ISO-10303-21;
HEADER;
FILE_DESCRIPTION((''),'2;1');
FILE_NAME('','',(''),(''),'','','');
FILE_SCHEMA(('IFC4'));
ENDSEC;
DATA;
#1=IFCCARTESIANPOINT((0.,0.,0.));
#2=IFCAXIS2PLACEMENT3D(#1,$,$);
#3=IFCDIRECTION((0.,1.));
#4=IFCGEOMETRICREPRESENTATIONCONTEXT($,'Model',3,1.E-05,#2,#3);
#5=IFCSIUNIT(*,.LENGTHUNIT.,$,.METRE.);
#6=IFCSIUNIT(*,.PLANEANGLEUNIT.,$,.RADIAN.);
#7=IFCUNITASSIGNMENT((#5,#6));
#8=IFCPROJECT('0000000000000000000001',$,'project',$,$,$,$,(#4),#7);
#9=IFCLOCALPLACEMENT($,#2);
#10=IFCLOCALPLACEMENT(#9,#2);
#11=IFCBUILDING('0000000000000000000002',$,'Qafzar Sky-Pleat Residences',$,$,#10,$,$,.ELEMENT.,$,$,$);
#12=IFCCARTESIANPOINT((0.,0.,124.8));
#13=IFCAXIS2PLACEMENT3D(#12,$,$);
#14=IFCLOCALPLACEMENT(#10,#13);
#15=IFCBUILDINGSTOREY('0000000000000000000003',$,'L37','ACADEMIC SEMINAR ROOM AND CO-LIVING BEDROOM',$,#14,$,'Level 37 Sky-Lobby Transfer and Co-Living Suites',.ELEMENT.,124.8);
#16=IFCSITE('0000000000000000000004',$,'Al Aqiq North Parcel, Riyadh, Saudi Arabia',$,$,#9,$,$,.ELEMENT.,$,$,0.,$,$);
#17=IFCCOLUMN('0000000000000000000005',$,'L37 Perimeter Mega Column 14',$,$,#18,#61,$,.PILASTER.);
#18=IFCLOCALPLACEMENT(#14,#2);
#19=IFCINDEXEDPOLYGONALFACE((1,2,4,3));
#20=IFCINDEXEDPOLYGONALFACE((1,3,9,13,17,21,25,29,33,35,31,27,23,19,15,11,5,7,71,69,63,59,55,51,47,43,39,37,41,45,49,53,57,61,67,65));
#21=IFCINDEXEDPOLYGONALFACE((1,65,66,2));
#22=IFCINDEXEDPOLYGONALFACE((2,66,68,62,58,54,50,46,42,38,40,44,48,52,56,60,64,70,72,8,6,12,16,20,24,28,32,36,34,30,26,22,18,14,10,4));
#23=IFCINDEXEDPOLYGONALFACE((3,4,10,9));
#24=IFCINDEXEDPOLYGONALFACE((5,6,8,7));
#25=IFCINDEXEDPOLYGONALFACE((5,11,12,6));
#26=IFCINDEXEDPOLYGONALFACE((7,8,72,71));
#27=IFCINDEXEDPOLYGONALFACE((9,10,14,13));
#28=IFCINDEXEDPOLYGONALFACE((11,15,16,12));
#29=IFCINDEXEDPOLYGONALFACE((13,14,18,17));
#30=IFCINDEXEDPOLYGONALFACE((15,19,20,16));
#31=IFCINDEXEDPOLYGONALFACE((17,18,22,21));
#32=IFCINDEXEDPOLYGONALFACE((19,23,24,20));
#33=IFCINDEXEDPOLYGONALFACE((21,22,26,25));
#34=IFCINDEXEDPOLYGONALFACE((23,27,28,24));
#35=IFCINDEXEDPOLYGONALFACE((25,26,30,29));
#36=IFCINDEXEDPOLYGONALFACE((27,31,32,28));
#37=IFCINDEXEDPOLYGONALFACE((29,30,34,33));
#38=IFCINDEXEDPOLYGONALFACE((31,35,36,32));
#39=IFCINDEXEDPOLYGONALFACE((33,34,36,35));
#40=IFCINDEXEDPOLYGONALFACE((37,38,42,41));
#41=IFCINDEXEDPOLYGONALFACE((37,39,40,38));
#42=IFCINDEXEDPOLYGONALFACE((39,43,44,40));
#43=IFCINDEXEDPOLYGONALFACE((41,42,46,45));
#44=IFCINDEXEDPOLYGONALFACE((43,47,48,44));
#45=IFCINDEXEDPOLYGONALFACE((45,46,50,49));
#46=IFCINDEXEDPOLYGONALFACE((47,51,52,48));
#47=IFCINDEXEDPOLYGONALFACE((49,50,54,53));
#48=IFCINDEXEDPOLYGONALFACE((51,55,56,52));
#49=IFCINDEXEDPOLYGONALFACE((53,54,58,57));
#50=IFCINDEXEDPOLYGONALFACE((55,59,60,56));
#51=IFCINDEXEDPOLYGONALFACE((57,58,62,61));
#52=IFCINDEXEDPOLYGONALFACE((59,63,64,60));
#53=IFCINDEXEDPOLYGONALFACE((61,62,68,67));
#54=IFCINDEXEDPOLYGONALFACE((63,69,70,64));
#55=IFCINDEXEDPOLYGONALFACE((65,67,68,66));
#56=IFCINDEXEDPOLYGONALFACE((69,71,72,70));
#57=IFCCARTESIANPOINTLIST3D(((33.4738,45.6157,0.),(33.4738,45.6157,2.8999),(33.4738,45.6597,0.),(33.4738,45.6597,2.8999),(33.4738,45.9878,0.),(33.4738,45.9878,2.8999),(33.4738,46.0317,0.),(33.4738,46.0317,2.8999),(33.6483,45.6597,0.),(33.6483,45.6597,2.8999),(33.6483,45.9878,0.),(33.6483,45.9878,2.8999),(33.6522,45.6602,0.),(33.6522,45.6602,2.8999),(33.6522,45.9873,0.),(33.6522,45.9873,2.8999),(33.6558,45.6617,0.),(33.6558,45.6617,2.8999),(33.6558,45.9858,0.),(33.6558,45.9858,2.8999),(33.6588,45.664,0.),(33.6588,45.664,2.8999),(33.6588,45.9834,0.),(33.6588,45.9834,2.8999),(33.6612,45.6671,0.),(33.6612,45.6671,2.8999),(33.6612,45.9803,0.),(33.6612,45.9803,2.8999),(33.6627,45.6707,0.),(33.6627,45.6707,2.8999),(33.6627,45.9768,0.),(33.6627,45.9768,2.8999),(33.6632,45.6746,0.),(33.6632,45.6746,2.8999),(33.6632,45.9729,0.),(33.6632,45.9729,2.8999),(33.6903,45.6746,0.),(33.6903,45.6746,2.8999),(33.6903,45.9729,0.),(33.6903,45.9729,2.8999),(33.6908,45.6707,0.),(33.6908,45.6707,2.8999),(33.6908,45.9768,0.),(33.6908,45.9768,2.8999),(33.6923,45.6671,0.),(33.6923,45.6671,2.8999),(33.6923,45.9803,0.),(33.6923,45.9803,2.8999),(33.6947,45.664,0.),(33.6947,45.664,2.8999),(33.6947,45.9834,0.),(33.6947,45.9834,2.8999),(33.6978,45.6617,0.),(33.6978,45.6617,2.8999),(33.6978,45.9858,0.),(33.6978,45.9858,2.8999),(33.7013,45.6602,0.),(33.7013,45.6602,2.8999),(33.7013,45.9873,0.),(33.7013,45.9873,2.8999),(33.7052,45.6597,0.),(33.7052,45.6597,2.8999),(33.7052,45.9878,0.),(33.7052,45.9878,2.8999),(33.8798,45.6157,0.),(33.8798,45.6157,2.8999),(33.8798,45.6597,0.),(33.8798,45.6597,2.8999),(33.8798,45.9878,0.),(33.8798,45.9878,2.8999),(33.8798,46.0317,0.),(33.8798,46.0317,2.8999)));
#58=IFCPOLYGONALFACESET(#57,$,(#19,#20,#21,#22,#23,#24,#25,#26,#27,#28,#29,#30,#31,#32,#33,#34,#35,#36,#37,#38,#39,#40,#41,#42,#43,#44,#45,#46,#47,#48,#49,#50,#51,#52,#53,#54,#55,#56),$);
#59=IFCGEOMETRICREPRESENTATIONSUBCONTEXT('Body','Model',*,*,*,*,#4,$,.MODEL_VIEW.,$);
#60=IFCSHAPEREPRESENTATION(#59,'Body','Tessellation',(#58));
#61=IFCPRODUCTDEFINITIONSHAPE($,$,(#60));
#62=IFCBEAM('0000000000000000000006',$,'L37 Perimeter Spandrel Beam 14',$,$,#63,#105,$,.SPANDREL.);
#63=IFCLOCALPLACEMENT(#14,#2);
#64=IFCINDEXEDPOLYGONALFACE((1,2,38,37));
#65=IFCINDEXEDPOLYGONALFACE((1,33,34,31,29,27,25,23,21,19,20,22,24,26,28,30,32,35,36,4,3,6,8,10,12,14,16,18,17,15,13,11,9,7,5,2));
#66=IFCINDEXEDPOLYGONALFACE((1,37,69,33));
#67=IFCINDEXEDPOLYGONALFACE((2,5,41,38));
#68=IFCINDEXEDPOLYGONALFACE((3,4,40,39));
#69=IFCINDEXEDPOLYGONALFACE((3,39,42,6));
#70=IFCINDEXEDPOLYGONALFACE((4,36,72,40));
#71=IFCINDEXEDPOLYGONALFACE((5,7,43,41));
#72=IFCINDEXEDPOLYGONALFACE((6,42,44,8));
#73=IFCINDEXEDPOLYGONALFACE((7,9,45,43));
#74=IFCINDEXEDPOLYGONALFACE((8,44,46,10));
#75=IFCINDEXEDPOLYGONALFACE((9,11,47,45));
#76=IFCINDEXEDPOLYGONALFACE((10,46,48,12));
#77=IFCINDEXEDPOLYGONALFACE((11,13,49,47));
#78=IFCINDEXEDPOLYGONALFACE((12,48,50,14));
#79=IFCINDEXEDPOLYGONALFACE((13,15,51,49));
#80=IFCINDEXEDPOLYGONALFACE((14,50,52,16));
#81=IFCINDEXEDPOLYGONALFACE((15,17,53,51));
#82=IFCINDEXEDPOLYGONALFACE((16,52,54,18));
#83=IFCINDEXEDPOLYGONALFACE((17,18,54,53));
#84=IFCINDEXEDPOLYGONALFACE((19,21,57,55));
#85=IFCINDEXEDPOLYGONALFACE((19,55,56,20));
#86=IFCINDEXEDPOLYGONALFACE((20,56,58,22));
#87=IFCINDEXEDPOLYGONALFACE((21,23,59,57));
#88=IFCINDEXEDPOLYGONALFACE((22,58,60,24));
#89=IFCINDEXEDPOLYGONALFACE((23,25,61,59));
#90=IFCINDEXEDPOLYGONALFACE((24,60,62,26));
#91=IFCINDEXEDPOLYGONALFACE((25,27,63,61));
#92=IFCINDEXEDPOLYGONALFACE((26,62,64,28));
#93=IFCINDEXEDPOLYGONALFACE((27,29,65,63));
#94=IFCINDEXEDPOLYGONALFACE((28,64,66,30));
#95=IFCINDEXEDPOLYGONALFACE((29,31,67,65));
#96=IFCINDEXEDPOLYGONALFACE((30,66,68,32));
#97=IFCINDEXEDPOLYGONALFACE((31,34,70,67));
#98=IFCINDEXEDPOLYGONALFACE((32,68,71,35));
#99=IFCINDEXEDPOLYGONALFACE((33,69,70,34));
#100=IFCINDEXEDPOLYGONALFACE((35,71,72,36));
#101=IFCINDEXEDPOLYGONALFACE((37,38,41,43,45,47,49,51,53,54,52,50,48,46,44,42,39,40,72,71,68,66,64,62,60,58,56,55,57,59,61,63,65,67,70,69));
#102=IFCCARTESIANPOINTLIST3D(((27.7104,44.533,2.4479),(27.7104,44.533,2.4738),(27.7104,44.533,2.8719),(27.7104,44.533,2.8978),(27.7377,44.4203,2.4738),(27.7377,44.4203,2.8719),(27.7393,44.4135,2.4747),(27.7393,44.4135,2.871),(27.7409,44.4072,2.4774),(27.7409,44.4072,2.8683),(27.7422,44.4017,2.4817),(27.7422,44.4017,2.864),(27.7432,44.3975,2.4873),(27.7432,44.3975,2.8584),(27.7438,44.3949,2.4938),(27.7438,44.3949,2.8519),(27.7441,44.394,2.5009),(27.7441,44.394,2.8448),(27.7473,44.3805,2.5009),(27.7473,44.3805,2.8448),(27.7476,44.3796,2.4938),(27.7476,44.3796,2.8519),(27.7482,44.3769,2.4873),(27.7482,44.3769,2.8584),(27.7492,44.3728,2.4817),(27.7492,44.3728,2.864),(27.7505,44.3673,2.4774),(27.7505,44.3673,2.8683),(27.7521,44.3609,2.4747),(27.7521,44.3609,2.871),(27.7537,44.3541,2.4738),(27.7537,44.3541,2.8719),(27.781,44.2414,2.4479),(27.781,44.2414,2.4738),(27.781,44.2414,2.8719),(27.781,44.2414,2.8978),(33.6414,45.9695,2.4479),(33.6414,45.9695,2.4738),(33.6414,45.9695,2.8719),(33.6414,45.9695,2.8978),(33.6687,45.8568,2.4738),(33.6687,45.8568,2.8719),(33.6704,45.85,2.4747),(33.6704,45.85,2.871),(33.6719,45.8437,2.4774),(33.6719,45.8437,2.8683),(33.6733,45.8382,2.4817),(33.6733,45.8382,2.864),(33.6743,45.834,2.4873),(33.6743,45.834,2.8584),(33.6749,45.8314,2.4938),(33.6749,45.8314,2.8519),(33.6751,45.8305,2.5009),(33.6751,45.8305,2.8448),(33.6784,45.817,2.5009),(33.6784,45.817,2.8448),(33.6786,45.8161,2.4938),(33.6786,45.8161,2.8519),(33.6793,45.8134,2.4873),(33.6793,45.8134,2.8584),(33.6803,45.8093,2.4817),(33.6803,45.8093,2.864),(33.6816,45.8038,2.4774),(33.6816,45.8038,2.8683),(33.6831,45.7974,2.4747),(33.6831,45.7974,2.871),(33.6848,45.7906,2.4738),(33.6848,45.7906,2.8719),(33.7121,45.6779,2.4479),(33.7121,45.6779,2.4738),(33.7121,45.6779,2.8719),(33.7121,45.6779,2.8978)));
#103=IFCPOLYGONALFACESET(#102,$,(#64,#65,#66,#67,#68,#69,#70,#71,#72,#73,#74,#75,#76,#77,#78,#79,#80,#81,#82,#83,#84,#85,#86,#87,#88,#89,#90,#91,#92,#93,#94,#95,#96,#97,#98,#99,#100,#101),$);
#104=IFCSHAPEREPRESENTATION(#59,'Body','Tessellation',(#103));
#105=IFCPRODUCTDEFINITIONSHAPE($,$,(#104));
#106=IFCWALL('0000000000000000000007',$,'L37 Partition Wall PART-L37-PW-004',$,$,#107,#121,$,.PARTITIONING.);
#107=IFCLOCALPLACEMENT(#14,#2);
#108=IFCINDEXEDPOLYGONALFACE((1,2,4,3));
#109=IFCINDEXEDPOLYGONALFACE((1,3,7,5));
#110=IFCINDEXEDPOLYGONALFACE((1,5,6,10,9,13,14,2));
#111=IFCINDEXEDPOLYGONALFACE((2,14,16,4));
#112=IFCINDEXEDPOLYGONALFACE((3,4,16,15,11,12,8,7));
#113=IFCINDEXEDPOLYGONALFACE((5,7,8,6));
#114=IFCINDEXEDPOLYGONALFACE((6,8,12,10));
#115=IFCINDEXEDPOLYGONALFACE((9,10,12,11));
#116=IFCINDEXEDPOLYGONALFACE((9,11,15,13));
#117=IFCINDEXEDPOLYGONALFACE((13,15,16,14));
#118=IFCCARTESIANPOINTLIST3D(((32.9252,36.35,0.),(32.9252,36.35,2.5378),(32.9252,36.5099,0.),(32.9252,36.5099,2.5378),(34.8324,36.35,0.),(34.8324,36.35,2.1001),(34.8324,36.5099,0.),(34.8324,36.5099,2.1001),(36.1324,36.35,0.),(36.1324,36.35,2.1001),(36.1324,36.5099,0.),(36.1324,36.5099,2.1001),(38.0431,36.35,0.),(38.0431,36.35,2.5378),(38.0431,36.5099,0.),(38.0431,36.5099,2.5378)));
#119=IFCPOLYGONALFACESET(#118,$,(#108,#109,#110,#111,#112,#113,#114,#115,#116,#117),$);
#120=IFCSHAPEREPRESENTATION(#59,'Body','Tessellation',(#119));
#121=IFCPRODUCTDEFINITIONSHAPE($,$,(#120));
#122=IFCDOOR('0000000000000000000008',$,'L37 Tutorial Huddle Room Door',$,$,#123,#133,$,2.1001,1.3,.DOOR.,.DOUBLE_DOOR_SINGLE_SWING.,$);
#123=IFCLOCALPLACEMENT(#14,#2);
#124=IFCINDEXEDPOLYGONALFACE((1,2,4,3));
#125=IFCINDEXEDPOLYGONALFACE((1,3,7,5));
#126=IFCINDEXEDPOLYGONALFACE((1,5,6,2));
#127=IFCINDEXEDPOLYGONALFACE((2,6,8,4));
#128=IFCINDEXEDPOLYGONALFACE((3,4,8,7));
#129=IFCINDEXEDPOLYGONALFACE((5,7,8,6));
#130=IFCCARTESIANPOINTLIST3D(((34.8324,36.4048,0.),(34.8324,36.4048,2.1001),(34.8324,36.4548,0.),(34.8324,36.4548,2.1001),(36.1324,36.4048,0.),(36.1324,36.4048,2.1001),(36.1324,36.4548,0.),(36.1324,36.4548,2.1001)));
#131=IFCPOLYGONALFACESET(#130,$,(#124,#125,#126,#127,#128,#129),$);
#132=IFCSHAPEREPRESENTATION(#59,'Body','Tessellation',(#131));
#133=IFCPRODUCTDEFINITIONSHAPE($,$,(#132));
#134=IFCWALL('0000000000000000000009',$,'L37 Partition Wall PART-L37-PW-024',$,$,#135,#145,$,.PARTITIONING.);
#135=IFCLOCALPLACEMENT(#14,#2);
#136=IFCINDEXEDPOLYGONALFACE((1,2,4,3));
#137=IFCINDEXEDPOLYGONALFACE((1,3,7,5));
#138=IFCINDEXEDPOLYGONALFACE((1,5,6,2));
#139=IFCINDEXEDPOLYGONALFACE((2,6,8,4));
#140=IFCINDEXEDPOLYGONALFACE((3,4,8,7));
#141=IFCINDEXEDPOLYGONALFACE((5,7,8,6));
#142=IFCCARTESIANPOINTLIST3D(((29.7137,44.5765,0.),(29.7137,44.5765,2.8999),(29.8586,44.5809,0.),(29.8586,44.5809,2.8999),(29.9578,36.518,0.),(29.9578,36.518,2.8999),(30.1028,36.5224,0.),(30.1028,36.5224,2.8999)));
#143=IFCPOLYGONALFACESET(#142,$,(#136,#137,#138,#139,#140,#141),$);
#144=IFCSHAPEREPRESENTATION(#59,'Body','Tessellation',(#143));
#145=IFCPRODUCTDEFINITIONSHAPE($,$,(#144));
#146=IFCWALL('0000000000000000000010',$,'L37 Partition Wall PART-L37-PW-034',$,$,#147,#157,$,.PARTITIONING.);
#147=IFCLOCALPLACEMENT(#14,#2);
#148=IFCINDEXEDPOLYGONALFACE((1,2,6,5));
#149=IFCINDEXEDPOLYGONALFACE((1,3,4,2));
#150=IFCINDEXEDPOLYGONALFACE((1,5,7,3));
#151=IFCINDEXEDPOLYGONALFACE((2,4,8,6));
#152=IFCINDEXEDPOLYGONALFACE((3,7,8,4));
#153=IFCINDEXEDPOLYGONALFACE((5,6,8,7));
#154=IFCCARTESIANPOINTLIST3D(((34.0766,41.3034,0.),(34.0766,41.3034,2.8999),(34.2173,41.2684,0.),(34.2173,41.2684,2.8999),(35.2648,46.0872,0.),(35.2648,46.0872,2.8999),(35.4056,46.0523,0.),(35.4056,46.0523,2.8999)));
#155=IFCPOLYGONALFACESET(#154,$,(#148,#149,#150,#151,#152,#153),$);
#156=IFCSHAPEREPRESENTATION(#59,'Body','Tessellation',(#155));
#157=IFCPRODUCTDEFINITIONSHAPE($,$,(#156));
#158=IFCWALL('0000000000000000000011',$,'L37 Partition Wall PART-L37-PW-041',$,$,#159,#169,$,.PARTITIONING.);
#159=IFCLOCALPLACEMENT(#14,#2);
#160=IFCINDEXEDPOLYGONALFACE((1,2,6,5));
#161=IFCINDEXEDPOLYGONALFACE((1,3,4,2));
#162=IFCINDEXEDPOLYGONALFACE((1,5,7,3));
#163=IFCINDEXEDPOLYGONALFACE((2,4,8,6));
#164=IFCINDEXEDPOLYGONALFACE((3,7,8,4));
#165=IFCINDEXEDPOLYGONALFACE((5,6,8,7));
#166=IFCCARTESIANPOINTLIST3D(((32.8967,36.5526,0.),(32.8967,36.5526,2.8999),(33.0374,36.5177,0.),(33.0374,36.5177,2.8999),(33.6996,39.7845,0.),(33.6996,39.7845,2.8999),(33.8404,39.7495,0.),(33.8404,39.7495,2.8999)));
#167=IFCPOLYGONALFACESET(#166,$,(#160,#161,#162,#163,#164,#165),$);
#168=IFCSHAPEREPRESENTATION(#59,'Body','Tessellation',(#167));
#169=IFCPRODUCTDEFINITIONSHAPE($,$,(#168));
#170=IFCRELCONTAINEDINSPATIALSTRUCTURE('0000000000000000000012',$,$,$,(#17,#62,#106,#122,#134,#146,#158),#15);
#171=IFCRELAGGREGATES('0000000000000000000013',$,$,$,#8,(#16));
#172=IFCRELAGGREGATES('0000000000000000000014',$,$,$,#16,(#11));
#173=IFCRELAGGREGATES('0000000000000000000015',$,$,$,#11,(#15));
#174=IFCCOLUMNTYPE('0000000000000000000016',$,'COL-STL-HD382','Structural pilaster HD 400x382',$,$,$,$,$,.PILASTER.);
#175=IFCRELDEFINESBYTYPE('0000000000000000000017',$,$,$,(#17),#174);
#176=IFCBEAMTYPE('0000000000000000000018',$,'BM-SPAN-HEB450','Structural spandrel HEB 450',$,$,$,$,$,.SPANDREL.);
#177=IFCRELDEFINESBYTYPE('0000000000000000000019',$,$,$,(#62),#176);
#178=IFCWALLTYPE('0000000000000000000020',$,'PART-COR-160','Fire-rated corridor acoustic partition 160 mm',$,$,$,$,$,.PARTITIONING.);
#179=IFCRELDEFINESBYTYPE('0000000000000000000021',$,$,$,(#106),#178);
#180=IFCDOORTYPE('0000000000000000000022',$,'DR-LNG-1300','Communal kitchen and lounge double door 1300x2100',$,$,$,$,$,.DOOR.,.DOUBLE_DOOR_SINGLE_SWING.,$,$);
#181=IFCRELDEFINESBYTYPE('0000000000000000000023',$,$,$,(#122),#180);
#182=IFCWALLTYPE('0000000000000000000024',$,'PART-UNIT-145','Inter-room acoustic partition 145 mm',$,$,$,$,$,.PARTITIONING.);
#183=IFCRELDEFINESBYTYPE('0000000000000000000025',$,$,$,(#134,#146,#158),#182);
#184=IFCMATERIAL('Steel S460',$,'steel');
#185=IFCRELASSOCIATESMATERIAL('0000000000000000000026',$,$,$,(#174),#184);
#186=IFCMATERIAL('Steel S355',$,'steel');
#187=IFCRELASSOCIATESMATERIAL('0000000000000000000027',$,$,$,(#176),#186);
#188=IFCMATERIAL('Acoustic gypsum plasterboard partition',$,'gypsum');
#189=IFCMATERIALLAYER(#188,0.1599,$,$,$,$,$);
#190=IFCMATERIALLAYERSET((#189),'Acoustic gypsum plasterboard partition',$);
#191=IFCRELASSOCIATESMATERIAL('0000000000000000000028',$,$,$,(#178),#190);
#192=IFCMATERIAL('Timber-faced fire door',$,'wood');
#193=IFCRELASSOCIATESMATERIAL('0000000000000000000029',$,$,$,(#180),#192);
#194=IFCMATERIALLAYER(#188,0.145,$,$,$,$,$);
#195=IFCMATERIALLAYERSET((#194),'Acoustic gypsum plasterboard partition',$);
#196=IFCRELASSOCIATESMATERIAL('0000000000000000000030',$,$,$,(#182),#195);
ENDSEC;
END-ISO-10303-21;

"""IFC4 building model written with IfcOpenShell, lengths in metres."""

from ifc_helpers import new_model, si_unit, direction, frame, frame_2d, origin, origin_2d, place, context, subcontext, project, spatial, rectangle, i_section, extrude, source, transform, mapped, material, layer, layer_set, material_profile, profile_set, type_object, element, fill, save


model = new_model("IFC4")

# Units and contexts
model_context = context("Model", 3, precision=1e-05, world=origin(), true_north=direction((0.0, 1.0)))
body_context = subcontext(model_context, "Body", "Model", "MODEL_VIEW")
ifc_project = project(units=[si_unit("LENGTHUNIT", "METRE"), si_unit("PLANEANGLEUNIT", "RADIAN")], contexts=[model_context])

# Site, building, storey
site_placement = place(None, origin())
site = spatial("IfcSite", under=ifc_project, at=site_placement, Name="Al Aqiq North Parcel, Riyadh, Saudi Arabia", CompositionType="ELEMENT", RefElevation=0.0)
building_placement = place(site_placement, origin())
building = spatial("IfcBuilding", under=site, at=building_placement, Name="Qafzar Sky-Pleat Residences", CompositionType="ELEMENT")
storey_placement = place(building_placement, frame((0.0, 0.0, 124.8)))
storey = spatial("IfcBuildingStorey", under=building, at=storey_placement, Name="L37", Description="ACADEMIC SEMINAR ROOM AND CO-LIVING BEDROOM", LongName="Level 37 Sky-Lobby Transfer and Co-Living Suites", CompositionType="ELEMENT", Elevation=124.8)

# Column
ifc_material_1 = material(Name="Steel S460", Category="steel")
ifc_material_profile_1 = material_profile(ifc_material_1, i_section(OverallWidth=0.406, OverallDepth=0.416, WebThickness=0.0271, FlangeThickness=0.0439, FilletRadius=0.0149, at=origin_2d()), Name="HD 400x382")
ifc_profile_set_1 = profile_set([ifc_material_profile_1], Name="Steel S460")
column_type = type_object("IfcColumnType", Name="COL-STL-HD382", Description="Structural pilaster HD 400x382", PredefinedType="PILASTER", material=ifc_profile_set_1)
shared_shape_1 = source(origin(), body_context, "Body", "SweptSolid", [
    extrude(i_section(OverallWidth=0.406, OverallDepth=0.416, WebThickness=0.0271, FlangeThickness=0.0439, FilletRadius=0.0149, at=origin_2d()), origin(), (0.0, 0.0, 1.0), 2.8999),
])
column_placement = place(storey_placement, frame((33.6768, 45.8237, 0.0), z_axis=(0.0, 0.0, 1.0), x_axis=(1.0, 0.0, 0.0)))
element("IfcColumn", 1, at=column_placement, inside=storey, type_object=column_type, Name="L37 Perimeter Mega Column 14", PredefinedType="PILASTER", context=body_context, shape_type="MappedRepresentation", body=[
    mapped(shared_shape_1, transform((0.0, 0.0, 0.0), x_axis=(1.0, 0.0, 0.0), y_axis=(0.0, 1.0, 0.0), z_axis=(0.0, 0.0, 1.0), scale=1.0)),
])

# Beam
ifc_material_2 = material(Name="Steel S355", Category="steel")
ifc_material_profile_2 = material_profile(ifc_material_2, i_section(OverallWidth=0.3, OverallDepth=0.45, WebThickness=0.0139, FlangeThickness=0.0259, FilletRadius=0.0271, at=origin_2d()), Name="HEB 450")
ifc_profile_set_2 = profile_set([ifc_material_profile_2], Name="Steel S355")
beam_type = type_object("IfcBeamType", Name="BM-SPAN-HEB450", Description="Structural spandrel HEB 450", PredefinedType="SPANDREL", material=ifc_profile_set_2)
shared_shape_2 = source(origin(), body_context, "Body", "SweptSolid", [
    extrude(i_section(OverallWidth=0.3, OverallDepth=0.45, WebThickness=0.0139, FlangeThickness=0.0259, FilletRadius=0.0271, at=origin_2d()), origin(), (0.0, 0.0, 1.0), 6.1025),
])
beam_placement = place(storey_placement, frame((33.6768, 45.8237, 2.6729), z_axis=(-0.9719, -0.235394, 0.0), x_axis=(0.235394, -0.9719, 0.0)))
element("IfcBeam", 2, at=beam_placement, inside=storey, type_object=beam_type, Name="L37 Perimeter Spandrel Beam 14", PredefinedType="SPANDREL", context=body_context, shape_type="MappedRepresentation", body=[
    mapped(shared_shape_2, transform((0.0, 0.0, 0.0), x_axis=(1.0, 0.0, 0.0), y_axis=(0.0, 1.0, 0.0), z_axis=(0.0, 0.0, 1.0), scale=1.0)),
])

# Wall, opening, door
ifc_material_3 = material(Name="Acoustic gypsum plasterboard partition", Category="gypsum")
ifc_layer_1 = layer(ifc_material_3, 0.1599)
ifc_layer_set_1 = layer_set([ifc_layer_1], Name="Acoustic gypsum plasterboard partition")
wall_type_1 = type_object("IfcWallType", Name="PART-COR-160", Description="Fire-rated corridor acoustic partition 160 mm", PredefinedType="PARTITIONING", material=ifc_layer_set_1)
wall_1_placement = place(storey_placement, frame((32.925, 36.4299, 0.0), z_axis=(0.0, 0.0, 1.0), x_axis=(1.0, 0.0, 0.0)))
wall_1 = element("IfcWall", 3, at=wall_1_placement, inside=storey, type_object=wall_type_1, Name="L37 Partition Wall PART-L37-PW-004", PredefinedType="PARTITIONING", context=body_context, shape_type="SweptSolid", body=[
    extrude(rectangle(XDim=5.1179, YDim=0.1599, at=frame_2d((2.5591, 0.0))), origin(), (0.0, 0.0, 1.0), 2.5378),
])
opening_1_placement = place(wall_1_placement, frame((1.9075, 0.0, 0.0)))
opening_1 = element("IfcOpeningElement", 4, at=opening_1_placement, cuts=wall_1, PredefinedType="OPENING", context=body_context, shape_type="SweptSolid", body=[
    extrude(rectangle(XDim=1.3, YDim=2.1001, at=frame_2d((0.6499, 1.05))), frame((0.0, 0.0898, 0.0), z_axis=(0.0, -1.0, 0.0), x_axis=(1.0, 0.0, 0.0)), (0.0, 0.0, 1.0), 0.1799),
])
ifc_material_4 = material(Name="Timber-faced fire door", Category="wood")
door_type_1 = type_object("IfcDoorType", Name="DR-LNG-1300", Description="Communal kitchen and lounge double door 1300x2100", OperationType="DOUBLE_DOOR_SINGLE_SWING", PredefinedType="DOOR", material=ifc_material_4)
shared_shape_3 = source(origin(), body_context, "Body", "SweptSolid", [
    extrude(rectangle(XDim=1.3, YDim=2.1001, at=frame_2d((0.6499, 1.05))), frame((0.0, 0.0249, 0.0), z_axis=(0.0, -1.0, 0.0), x_axis=(1.0, 0.0, 0.0)), (0.0, 0.0, 1.0), 0.05),
])
door_1_placement = place(opening_1_placement, origin())
door_1 = element("IfcDoor", 5, at=door_1_placement, inside=storey, type_object=door_type_1, Name="L37 Tutorial Huddle Room Door", OperationType="DOUBLE_DOOR_SINGLE_SWING", OverallHeight=2.1001, OverallWidth=1.3, PredefinedType="DOOR", context=body_context, shape_type="MappedRepresentation", body=[
    mapped(shared_shape_3, transform((0.0, 0.0, 0.0), x_axis=(1.0, 0.0, 0.0), y_axis=(0.0, 1.0, 0.0), z_axis=(0.0, 0.0, 1.0), scale=1.0)),
])
fill(opening_1, door_1)

# Walls
ifc_layer_2 = layer(ifc_material_3, 0.145)
ifc_layer_set_2 = layer_set([ifc_layer_2], Name="Acoustic gypsum plasterboard partition")
wall_type_2 = type_object("IfcWallType", Name="PART-UNIT-145", Description="Inter-room acoustic partition 145 mm", PredefinedType="PARTITIONING", material=ifc_layer_set_2)
wall_2_placement = place(storey_placement, frame((29.7861, 44.5789, 0.0), z_axis=(0.0, 0.0, 1.0), x_axis=(0.030282, -0.999541, 0.0)))
element("IfcWall", 6, at=wall_2_placement, inside=storey, type_object=wall_type_2, Name="L37 Partition Wall PART-L37-PW-024", PredefinedType="PARTITIONING", context=body_context, shape_type="SweptSolid", body=[
    extrude(rectangle(XDim=8.0623, YDim=0.145, at=frame_2d((4.0312, 0.0))), origin(), (0.0, 0.0, 1.0), 2.8999),
])
wall_3_placement = place(storey_placement, frame((34.147, 41.2859, 0.0), z_axis=(0.0, 0.0, 1.0), x_axis=(0.241055, 0.970511, 0.0)))
element("IfcWall", 7, at=wall_3_placement, inside=storey, type_object=wall_type_2, Name="L37 Partition Wall PART-L37-PW-034", PredefinedType="PARTITIONING", context=body_context, shape_type="SweptSolid", body=[
    extrude(rectangle(XDim=4.9292, YDim=0.145, at=frame_2d((2.4646, 0.0))), origin(), (0.0, 0.0, 1.0), 2.8999),
])
wall_4_placement = place(storey_placement, frame((32.967, 36.5352, 0.0), z_axis=(0.0, 0.0, 1.0), x_axis=(0.241121, 0.970495, 0.0)))
element("IfcWall", 8, at=wall_4_placement, inside=storey, type_object=wall_type_2, Name="L37 Partition Wall PART-L37-PW-041", PredefinedType="PARTITIONING", context=body_context, shape_type="SweptSolid", body=[
    extrude(rectangle(XDim=3.3301, YDim=0.145, at=frame_2d((1.665, 0.0))), origin(), (0.0, 0.0, 1.0), 2.8999),
])

save(model, "model.ifc")
